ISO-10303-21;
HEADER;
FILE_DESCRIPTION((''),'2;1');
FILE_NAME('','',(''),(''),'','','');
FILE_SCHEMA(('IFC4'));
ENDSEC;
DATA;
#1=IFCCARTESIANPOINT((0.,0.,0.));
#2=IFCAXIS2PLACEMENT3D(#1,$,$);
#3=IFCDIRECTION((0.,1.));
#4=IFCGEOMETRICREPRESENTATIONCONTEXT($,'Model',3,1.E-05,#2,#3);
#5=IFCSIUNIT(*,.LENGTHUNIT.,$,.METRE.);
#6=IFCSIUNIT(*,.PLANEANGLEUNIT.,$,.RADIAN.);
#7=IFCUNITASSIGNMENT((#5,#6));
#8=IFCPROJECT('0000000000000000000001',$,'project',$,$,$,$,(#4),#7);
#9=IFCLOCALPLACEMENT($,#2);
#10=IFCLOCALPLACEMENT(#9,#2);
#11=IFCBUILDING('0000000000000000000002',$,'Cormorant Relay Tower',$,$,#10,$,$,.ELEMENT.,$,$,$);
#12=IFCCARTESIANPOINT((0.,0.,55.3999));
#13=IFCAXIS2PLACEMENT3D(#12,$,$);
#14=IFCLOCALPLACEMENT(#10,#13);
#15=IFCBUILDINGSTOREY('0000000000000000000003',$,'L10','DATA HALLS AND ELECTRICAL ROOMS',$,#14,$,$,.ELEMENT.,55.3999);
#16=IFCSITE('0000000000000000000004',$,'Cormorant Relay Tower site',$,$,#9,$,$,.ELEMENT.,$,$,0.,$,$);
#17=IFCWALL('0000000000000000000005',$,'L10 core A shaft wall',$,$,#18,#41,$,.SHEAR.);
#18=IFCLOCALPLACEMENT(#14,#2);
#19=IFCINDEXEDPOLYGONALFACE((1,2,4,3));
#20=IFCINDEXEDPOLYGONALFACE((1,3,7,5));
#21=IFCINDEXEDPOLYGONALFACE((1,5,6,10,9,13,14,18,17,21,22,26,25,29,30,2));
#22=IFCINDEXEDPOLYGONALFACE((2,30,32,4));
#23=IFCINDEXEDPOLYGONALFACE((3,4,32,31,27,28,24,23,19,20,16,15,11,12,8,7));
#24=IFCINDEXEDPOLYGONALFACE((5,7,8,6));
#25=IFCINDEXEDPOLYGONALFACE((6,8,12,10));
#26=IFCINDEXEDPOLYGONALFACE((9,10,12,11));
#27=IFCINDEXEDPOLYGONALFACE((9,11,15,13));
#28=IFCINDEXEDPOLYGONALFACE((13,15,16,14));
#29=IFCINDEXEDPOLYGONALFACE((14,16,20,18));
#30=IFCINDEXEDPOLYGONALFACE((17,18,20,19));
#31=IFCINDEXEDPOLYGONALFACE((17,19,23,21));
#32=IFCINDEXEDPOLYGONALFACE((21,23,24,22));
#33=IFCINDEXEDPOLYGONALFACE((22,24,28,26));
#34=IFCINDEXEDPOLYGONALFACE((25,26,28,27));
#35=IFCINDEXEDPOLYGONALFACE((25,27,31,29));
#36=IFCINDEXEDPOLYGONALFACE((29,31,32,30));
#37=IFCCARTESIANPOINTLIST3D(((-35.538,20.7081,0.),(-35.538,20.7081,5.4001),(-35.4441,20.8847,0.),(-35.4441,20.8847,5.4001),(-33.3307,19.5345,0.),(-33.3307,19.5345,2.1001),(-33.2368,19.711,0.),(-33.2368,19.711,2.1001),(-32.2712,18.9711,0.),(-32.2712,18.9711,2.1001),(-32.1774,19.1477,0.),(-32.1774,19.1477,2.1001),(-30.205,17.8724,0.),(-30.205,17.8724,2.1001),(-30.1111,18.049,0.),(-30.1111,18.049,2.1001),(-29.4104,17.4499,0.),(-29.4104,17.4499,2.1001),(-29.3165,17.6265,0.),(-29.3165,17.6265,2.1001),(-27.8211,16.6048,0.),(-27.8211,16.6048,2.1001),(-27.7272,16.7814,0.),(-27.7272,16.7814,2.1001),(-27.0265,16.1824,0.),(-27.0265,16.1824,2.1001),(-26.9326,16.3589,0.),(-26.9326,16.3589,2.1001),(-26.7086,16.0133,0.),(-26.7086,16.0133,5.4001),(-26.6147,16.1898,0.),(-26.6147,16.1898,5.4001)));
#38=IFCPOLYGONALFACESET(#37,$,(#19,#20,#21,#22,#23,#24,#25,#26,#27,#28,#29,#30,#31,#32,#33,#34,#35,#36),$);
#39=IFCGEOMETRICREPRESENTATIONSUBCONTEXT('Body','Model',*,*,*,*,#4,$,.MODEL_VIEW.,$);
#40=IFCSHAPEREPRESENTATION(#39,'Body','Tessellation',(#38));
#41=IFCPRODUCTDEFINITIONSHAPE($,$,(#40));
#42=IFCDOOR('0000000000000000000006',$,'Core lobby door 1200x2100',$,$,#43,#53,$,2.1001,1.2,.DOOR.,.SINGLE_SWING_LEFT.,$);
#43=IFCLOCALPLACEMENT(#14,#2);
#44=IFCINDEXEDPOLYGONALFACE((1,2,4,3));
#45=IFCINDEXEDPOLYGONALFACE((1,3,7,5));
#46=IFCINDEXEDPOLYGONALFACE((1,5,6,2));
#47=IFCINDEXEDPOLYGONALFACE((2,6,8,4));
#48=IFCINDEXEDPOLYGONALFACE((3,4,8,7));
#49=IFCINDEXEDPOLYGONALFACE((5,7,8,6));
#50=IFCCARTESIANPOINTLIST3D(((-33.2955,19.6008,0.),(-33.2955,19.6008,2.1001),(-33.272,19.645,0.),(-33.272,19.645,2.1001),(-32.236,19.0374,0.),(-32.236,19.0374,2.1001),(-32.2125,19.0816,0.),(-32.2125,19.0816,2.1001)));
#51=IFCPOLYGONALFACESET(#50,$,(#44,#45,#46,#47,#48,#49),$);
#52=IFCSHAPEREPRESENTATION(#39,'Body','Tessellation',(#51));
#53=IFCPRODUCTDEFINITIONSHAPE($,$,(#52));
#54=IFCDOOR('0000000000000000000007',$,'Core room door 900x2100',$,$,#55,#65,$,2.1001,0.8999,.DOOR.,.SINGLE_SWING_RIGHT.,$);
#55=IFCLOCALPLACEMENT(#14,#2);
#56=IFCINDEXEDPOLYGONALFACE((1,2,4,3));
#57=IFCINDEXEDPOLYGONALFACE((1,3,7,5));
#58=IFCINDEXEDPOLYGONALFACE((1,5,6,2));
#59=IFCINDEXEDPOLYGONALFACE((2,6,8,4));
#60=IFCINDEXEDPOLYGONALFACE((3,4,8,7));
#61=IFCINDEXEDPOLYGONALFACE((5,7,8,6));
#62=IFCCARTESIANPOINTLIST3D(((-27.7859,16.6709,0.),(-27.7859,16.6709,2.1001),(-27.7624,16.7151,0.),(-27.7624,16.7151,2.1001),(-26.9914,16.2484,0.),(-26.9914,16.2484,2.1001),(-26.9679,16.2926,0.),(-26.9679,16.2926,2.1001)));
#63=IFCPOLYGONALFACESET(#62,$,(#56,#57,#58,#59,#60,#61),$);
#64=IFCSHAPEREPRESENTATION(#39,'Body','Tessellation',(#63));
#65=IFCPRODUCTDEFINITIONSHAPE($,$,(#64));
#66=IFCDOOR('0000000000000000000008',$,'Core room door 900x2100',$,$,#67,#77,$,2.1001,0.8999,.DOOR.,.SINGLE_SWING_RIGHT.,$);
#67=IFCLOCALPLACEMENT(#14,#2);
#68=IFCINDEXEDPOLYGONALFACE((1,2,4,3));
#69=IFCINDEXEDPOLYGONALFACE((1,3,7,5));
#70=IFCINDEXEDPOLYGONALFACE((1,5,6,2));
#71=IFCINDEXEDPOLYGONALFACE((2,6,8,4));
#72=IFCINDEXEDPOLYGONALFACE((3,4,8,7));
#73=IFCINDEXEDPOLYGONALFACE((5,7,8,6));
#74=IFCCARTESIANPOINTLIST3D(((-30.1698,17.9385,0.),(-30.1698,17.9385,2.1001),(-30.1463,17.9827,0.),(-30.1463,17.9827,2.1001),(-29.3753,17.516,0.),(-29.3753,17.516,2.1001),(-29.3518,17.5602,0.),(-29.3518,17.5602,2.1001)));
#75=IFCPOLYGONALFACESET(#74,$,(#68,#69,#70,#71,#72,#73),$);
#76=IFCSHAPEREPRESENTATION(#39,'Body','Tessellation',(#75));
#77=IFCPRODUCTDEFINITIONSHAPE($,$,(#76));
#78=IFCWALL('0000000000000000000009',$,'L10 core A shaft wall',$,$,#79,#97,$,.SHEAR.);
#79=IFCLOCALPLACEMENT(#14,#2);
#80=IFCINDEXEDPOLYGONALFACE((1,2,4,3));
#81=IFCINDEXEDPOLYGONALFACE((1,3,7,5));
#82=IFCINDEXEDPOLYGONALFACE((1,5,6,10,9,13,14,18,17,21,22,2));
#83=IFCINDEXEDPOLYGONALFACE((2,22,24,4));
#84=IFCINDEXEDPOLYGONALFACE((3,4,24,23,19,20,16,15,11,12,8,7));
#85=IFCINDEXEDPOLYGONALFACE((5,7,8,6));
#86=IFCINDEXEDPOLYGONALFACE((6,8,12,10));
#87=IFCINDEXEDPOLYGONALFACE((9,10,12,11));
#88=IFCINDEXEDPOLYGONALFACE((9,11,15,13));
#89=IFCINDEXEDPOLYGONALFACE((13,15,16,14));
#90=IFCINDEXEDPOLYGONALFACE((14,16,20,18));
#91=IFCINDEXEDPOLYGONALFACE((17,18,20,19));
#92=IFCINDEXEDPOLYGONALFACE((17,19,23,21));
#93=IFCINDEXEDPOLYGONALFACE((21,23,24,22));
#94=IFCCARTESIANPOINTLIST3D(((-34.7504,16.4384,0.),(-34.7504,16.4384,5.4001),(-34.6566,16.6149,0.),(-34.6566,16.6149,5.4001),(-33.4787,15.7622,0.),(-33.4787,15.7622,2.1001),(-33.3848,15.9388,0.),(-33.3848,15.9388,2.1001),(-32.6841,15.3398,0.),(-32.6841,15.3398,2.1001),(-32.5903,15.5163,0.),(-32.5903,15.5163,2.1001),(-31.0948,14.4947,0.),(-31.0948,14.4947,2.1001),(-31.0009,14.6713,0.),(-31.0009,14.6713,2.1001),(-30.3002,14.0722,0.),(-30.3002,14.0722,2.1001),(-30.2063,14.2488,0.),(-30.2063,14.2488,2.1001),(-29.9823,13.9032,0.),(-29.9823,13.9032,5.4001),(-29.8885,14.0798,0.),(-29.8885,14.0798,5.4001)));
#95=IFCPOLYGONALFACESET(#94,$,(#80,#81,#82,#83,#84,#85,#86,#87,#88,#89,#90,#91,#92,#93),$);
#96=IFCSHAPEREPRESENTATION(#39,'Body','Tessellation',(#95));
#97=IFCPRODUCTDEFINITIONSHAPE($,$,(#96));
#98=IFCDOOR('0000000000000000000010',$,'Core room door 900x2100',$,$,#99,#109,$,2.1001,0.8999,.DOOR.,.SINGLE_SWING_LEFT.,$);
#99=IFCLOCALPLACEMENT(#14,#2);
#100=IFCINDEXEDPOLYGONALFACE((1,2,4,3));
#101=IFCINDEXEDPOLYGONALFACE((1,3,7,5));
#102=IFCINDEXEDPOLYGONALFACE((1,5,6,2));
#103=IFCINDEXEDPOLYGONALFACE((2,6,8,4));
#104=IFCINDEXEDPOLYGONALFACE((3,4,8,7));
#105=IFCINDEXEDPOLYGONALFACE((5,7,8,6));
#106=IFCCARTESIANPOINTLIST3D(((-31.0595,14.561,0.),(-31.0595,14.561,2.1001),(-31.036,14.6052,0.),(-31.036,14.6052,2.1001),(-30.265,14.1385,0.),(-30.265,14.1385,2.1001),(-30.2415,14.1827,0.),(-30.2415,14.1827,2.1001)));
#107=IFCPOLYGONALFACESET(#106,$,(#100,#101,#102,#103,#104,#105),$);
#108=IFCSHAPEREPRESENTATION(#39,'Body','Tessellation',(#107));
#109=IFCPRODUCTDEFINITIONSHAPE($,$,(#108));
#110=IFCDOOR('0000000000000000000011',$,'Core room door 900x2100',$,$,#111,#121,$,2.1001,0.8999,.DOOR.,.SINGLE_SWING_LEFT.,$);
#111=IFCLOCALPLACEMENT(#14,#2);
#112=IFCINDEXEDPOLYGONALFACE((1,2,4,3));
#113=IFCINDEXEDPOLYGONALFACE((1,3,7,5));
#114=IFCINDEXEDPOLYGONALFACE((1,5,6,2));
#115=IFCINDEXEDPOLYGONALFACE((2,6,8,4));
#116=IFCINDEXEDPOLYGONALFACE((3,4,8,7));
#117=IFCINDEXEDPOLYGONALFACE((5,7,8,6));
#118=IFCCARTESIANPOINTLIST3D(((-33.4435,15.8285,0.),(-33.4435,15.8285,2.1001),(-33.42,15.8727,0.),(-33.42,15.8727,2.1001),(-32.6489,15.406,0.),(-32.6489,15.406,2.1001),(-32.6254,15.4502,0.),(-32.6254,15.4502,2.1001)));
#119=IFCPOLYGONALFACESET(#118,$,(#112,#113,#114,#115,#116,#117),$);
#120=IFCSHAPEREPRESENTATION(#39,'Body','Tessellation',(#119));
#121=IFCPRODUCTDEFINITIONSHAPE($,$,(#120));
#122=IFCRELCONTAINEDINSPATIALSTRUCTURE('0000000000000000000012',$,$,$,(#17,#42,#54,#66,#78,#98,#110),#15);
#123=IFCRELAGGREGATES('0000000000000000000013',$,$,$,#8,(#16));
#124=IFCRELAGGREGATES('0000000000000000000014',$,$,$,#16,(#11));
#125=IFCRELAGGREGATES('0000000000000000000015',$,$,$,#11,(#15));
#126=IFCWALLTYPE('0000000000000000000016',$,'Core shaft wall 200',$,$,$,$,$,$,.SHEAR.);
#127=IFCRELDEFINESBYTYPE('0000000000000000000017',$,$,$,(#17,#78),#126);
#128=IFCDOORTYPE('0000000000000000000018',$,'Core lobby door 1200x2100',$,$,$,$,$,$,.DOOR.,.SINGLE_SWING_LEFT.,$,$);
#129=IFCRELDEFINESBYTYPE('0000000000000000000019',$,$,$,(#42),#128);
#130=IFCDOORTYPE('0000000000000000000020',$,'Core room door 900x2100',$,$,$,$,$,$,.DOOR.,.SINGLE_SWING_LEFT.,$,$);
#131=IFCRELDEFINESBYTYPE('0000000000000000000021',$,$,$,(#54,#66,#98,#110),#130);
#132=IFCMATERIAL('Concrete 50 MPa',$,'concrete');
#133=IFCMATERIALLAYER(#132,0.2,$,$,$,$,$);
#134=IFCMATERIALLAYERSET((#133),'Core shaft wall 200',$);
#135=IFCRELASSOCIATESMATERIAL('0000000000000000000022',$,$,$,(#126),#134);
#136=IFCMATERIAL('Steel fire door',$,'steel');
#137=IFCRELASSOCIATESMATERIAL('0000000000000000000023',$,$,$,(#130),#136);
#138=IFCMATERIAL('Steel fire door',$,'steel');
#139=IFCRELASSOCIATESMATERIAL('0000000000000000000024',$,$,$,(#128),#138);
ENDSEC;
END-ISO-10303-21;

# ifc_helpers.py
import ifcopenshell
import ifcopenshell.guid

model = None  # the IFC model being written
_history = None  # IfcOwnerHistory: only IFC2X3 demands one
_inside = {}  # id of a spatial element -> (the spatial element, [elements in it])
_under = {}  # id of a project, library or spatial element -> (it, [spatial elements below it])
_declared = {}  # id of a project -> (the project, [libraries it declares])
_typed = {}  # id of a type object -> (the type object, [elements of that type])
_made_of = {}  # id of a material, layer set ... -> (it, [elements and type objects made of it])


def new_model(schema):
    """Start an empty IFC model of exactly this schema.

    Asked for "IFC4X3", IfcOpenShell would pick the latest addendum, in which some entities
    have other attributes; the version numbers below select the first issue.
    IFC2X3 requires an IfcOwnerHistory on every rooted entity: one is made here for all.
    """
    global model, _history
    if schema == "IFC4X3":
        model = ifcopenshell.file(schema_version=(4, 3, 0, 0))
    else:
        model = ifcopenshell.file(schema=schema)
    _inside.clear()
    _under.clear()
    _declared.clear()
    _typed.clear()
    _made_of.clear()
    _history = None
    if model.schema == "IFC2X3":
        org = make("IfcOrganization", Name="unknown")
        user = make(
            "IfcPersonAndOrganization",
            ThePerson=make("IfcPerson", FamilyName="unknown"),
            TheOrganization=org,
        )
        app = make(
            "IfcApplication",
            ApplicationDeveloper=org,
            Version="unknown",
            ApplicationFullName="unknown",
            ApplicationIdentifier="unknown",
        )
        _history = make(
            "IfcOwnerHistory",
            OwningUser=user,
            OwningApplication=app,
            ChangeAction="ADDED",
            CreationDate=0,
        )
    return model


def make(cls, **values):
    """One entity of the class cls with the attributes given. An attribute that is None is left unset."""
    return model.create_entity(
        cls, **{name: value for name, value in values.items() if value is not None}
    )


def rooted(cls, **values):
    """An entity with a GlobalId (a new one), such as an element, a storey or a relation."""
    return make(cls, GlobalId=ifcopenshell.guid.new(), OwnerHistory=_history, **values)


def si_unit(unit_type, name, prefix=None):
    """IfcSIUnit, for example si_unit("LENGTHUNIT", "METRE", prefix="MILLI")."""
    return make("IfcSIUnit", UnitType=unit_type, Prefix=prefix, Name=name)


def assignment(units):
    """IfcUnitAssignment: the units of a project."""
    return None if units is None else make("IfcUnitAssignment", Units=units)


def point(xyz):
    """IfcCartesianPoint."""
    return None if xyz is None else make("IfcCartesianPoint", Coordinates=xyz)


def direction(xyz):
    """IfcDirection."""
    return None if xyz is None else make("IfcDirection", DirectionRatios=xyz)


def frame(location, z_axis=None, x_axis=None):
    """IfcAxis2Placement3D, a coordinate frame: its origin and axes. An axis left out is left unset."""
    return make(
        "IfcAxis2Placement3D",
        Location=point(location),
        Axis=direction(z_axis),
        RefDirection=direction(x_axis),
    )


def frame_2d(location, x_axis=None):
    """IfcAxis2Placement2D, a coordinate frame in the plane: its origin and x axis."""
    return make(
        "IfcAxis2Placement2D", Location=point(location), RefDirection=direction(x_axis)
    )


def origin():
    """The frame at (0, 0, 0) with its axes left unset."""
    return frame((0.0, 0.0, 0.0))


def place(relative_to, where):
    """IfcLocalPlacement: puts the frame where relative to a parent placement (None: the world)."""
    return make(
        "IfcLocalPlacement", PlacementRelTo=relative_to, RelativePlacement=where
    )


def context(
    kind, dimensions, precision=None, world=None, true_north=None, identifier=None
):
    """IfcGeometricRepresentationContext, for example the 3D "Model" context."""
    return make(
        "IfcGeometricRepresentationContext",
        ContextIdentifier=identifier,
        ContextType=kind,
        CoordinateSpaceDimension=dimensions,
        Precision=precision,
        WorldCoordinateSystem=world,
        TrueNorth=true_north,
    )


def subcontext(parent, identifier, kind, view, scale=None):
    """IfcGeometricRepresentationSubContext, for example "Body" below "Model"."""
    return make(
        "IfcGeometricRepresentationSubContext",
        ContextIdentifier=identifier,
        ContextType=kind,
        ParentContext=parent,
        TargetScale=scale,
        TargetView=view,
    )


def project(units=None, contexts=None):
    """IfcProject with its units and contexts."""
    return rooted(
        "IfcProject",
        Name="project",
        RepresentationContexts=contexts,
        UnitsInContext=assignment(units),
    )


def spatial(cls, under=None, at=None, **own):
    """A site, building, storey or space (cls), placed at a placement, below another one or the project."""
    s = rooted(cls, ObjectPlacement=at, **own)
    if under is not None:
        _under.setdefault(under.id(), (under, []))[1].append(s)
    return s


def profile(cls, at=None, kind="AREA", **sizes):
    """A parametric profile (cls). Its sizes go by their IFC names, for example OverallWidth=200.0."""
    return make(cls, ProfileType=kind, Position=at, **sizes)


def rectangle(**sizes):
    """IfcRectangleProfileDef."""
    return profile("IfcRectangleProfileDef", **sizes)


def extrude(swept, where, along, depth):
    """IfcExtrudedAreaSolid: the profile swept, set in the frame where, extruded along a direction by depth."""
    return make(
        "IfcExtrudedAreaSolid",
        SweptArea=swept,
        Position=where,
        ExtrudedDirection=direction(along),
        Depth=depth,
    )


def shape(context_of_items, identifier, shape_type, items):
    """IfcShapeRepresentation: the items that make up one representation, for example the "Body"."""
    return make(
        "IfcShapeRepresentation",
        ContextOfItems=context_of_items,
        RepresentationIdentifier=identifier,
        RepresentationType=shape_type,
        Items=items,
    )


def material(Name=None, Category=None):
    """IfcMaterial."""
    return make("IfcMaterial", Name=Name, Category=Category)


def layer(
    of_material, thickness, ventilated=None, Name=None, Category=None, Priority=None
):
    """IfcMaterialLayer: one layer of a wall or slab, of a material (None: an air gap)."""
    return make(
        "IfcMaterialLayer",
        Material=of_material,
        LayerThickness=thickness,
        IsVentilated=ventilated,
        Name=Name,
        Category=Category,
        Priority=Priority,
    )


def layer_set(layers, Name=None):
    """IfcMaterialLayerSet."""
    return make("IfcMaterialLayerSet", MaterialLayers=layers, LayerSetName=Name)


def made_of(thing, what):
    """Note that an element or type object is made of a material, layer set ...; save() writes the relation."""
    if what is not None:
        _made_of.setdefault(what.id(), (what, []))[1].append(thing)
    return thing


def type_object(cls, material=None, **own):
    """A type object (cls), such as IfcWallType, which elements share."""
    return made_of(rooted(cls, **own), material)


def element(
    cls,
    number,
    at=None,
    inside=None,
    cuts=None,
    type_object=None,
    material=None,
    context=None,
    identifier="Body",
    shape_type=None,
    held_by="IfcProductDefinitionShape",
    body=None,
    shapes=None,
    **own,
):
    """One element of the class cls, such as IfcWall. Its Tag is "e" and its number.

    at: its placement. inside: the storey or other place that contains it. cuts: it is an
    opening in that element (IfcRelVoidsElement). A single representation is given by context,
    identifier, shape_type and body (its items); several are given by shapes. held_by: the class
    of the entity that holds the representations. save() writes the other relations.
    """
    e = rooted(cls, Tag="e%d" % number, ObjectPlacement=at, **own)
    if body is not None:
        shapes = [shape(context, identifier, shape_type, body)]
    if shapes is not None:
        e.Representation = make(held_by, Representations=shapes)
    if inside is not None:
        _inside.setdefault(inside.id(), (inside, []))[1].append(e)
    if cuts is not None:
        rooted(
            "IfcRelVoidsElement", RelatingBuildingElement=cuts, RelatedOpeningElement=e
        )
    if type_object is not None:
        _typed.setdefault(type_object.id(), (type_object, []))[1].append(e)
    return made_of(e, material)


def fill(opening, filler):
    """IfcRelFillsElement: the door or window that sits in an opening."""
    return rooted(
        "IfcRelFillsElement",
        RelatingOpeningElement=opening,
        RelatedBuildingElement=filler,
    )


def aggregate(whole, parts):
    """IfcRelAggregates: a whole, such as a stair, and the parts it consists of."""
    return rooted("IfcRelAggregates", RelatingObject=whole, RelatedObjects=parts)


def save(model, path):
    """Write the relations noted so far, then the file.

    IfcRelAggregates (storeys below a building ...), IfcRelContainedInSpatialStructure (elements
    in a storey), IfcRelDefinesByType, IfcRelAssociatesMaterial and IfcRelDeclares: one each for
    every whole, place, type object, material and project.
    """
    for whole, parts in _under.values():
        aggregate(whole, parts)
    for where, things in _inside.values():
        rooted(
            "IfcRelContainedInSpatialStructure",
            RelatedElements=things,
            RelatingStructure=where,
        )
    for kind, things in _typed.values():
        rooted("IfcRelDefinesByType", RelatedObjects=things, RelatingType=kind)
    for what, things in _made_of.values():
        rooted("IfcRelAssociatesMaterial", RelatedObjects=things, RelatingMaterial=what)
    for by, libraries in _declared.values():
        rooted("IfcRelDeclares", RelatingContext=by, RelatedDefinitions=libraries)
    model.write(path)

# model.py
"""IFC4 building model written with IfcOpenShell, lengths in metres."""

from ifc_helpers import new_model, si_unit, direction, frame, frame_2d, origin, place, context, subcontext, project, spatial, rectangle, extrude, material, layer, layer_set, type_object, element, fill, save


model = new_model("IFC4")

# Units and contexts
model_context = context("Model", 3, precision=1e-05, world=origin(), true_north=direction((0.0, 1.0)))
body_context = subcontext(model_context, "Body", "Model", "MODEL_VIEW")
ifc_project = project(units=[si_unit("LENGTHUNIT", "METRE"), si_unit("PLANEANGLEUNIT", "RADIAN")], contexts=[model_context])

# Site, building, storey
site_placement = place(None, origin())
site = spatial("IfcSite", under=ifc_project, at=site_placement, Name="Cormorant Relay Tower site", CompositionType="ELEMENT", RefElevation=0.0)
building_placement = place(site_placement, origin())
building = spatial("IfcBuilding", under=site, at=building_placement, Name="Cormorant Relay Tower", CompositionType="ELEMENT")
storey_placement = place(building_placement, frame((0.0, 0.0, 55.3999)))
storey = spatial("IfcBuildingStorey", under=building, at=storey_placement, Name="L10", Description="DATA HALLS AND ELECTRICAL ROOMS", CompositionType="ELEMENT", Elevation=55.3999)

# Shared definitions
ifc_material_1 = material(Name="Concrete 50 MPa", Category="concrete")
ifc_layer_1 = layer(ifc_material_1, 0.2)
ifc_layer_set_1 = layer_set([ifc_layer_1], Name="Core shaft wall 200")
wall_type_1 = type_object("IfcWallType", Name="Core shaft wall 200", PredefinedType="SHEAR", material=ifc_layer_set_1)
ifc_material_2 = material(Name="Steel fire door", Category="steel")
door_type_1 = type_object("IfcDoorType", Name="Core room door 900x2100", OperationType="SINGLE_SWING_LEFT", PredefinedType="DOOR", material=ifc_material_2)

# Walls, openings, doors
wall_1_placement = place(storey_placement, frame((-26.6616, 16.1016, 0.0), z_axis=(0.0, 0.0, 1.0), x_axis=(-0.88294, 0.469485, 0.0)))
wall_1 = element("IfcWall", 1, at=wall_1_placement, inside=storey, type_object=wall_type_1, Name="L10 core A shaft wall", PredefinedType="SHEAR", context=body_context, shape_type="SweptSolid", body=[
    extrude(rectangle(XDim=10.0, YDim=0.2, at=frame_2d((5.0, 0.0))), origin(), (0.0, 0.0, 1.0), 5.4001),
])
opening_1_placement = place(wall_1_placement, frame((6.3, 0.0, 0.0)))
opening_1 = element("IfcOpeningElement", 2, at=opening_1_placement, cuts=wall_1, PredefinedType="OPENING", context=body_context, shape_type="SweptSolid", body=[
    extrude(rectangle(XDim=1.2, YDim=2.1001, at=frame_2d((0.6001, 1.05))), frame((0.0, 0.1099, 0.0), z_axis=(0.0, -1.0, 0.0), x_axis=(1.0, 0.0, 0.0)), (0.0, 0.0, 1.0), 0.22),
])
opening_2_placement = place(wall_1_placement, frame((0.3601, 0.0, 0.0)))
opening_2 = element("IfcOpeningElement", 3, at=opening_2_placement, cuts=wall_1, PredefinedType="OPENING", context=body_context, shape_type="SweptSolid", body=[
    extrude(rectangle(XDim=0.8999, YDim=2.1001, at=frame_2d((0.45, 1.05))), frame((0.0, 0.1099, 0.0), z_axis=(0.0, -1.0, 0.0), x_axis=(1.0, 0.0, 0.0)), (0.0, 0.0, 1.0), 0.22),
])
opening_3_placement = place(wall_1_placement, frame((3.0601, 0.0, 0.0)))
opening_3 = element("IfcOpeningElement", 4, at=opening_3_placement, cuts=wall_1, PredefinedType="OPENING", context=body_context, shape_type="SweptSolid", body=[
    extrude(rectangle(XDim=0.8999, YDim=2.1001, at=frame_2d((0.45, 1.05))), frame((0.0, 0.1099, 0.0), z_axis=(0.0, -1.0, 0.0), x_axis=(1.0, 0.0, 0.0)), (0.0, 0.0, 1.0), 0.22),
])
ifc_material_3 = material(Name="Steel fire door", Category="steel")
door_type_2 = type_object("IfcDoorType", Name="Core lobby door 1200x2100", OperationType="SINGLE_SWING_LEFT", PredefinedType="DOOR", material=ifc_material_3)
door_1_placement = place(opening_1_placement, origin())
door_1 = element("IfcDoor", 5, at=door_1_placement, inside=storey, type_object=door_type_2, Name="Core lobby door 1200x2100", OperationType="SINGLE_SWING_LEFT", OverallHeight=2.1001, OverallWidth=1.2, PredefinedType="DOOR", context=body_context, shape_type="SweptSolid", body=[
    extrude(rectangle(XDim=1.2, YDim=2.1001, at=frame_2d((0.6001, 1.05))), frame((0.0, 0.0249, 0.0), z_axis=(0.0, -1.0, 0.0), x_axis=(1.0, 0.0, 0.0)), (0.0, 0.0, 1.0), 0.05),
])
fill(opening_1, door_1)
door_2_placement = place(opening_2_placement, frame((0.8999, 0.0, 0.0), z_axis=(0.0, 0.0, 1.0), x_axis=(-1.0, 0.0, 0.0)))
door_2 = element("IfcDoor", 6, at=door_2_placement, inside=storey, type_object=door_type_1, Name="Core room door 900x2100", OperationType="SINGLE_SWING_RIGHT", OverallHeight=2.1001, OverallWidth=0.8999, PredefinedType="DOOR", context=body_context, shape_type="SweptSolid", body=[
    extrude(rectangle(XDim=0.8999, YDim=2.1001, at=frame_2d((0.45, 1.05))), frame((0.0, 0.0249, 0.0), z_axis=(0.0, -1.0, 0.0), x_axis=(1.0, 0.0, 0.0)), (0.0, 0.0, 1.0), 0.05),
])
fill(opening_2, door_2)
door_3_placement = place(opening_3_placement, frame((0.8999, 0.0, 0.0), z_axis=(0.0, 0.0, 1.0), x_axis=(-1.0, 0.0, 0.0)))
door_3 = element("IfcDoor", 7, at=door_3_placement, inside=storey, type_object=door_type_1, Name="Core room door 900x2100", OperationType="SINGLE_SWING_RIGHT", OverallHeight=2.1001, OverallWidth=0.8999, PredefinedType="DOOR", context=body_context, shape_type="SweptSolid", body=[
    extrude(rectangle(XDim=0.8999, YDim=2.1001, at=frame_2d((0.45, 1.05))), frame((0.0, 0.0249, 0.0), z_axis=(0.0, -1.0, 0.0), x_axis=(1.0, 0.0, 0.0)), (0.0, 0.0, 1.0), 0.05),
])
fill(opening_3, door_3)
wall_2_placement = place(storey_placement, frame((-29.9353, 13.9915, 0.0), z_axis=(0.0, 0.0, 1.0), x_axis=(-0.882953, 0.469462, 0.0)))
wall_2 = element("IfcWall", 8, at=wall_2_placement, inside=storey, type_object=wall_type_1, Name="L10 core A shaft wall", PredefinedType="SHEAR", context=body_context, shape_type="SweptSolid", body=[
    extrude(rectangle(XDim=5.4001, YDim=0.2, at=frame_2d((2.7002, 0.0))), origin(), (0.0, 0.0, 1.0), 5.4001),
])
opening_4_placement = place(wall_2_placement, frame((0.3601, 0.0, 0.0)))
opening_4 = element("IfcOpeningElement", 9, at=opening_4_placement, cuts=wall_2, PredefinedType="OPENING", context=body_context, shape_type="SweptSolid", body=[
    extrude(rectangle(XDim=0.8999, YDim=2.1001, at=frame_2d((0.45, 1.05))), frame((0.0, 0.1099, 0.0), z_axis=(0.0, -1.0, 0.0), x_axis=(1.0, 0.0, 0.0)), (0.0, 0.0, 1.0), 0.22),
])
opening_5_placement = place(wall_2_placement, frame((3.0601, 0.0, 0.0)))
opening_5 = element("IfcOpeningElement", 10, at=opening_5_placement, cuts=wall_2, PredefinedType="OPENING", context=body_context, shape_type="SweptSolid", body=[
    extrude(rectangle(XDim=0.8999, YDim=2.1001, at=frame_2d((0.45, 1.05))), frame((0.0, 0.1099, 0.0), z_axis=(0.0, -1.0, 0.0), x_axis=(1.0, 0.0, 0.0)), (0.0, 0.0, 1.0), 0.22),
])
door_4_placement = place(opening_4_placement, origin())
door_4 = element("IfcDoor", 11, at=door_4_placement, inside=storey, type_object=door_type_1, Name="Core room door 900x2100", OperationType="SINGLE_SWING_LEFT", OverallHeight=2.1001, OverallWidth=0.8999, PredefinedType="DOOR", context=body_context, shape_type="SweptSolid", body=[
    extrude(rectangle(XDim=0.8999, YDim=2.1001, at=frame_2d((0.45, 1.05))), frame((0.0, 0.0249, 0.0), z_axis=(0.0, -1.0, 0.0), x_axis=(1.0, 0.0, 0.0)), (0.0, 0.0, 1.0), 0.05),
])
fill(opening_4, door_4)
door_5_placement = place(opening_5_placement, origin())
door_5 = element("IfcDoor", 12, at=door_5_placement, inside=storey, type_object=door_type_1, Name="Core room door 900x2100", OperationType="SINGLE_SWING_LEFT", OverallHeight=2.1001, OverallWidth=0.8999, PredefinedType="DOOR", context=body_context, shape_type="SweptSolid", body=[
    extrude(rectangle(XDim=0.8999, YDim=2.1001, at=frame_2d((0.45, 1.05))), frame((0.0, 0.0249, 0.0), z_axis=(0.0, -1.0, 0.0), x_axis=(1.0, 0.0, 0.0)), (0.0, 0.0, 1.0), 0.05),
])
fill(opening_5, door_5)

save(model, "model.ifc")
